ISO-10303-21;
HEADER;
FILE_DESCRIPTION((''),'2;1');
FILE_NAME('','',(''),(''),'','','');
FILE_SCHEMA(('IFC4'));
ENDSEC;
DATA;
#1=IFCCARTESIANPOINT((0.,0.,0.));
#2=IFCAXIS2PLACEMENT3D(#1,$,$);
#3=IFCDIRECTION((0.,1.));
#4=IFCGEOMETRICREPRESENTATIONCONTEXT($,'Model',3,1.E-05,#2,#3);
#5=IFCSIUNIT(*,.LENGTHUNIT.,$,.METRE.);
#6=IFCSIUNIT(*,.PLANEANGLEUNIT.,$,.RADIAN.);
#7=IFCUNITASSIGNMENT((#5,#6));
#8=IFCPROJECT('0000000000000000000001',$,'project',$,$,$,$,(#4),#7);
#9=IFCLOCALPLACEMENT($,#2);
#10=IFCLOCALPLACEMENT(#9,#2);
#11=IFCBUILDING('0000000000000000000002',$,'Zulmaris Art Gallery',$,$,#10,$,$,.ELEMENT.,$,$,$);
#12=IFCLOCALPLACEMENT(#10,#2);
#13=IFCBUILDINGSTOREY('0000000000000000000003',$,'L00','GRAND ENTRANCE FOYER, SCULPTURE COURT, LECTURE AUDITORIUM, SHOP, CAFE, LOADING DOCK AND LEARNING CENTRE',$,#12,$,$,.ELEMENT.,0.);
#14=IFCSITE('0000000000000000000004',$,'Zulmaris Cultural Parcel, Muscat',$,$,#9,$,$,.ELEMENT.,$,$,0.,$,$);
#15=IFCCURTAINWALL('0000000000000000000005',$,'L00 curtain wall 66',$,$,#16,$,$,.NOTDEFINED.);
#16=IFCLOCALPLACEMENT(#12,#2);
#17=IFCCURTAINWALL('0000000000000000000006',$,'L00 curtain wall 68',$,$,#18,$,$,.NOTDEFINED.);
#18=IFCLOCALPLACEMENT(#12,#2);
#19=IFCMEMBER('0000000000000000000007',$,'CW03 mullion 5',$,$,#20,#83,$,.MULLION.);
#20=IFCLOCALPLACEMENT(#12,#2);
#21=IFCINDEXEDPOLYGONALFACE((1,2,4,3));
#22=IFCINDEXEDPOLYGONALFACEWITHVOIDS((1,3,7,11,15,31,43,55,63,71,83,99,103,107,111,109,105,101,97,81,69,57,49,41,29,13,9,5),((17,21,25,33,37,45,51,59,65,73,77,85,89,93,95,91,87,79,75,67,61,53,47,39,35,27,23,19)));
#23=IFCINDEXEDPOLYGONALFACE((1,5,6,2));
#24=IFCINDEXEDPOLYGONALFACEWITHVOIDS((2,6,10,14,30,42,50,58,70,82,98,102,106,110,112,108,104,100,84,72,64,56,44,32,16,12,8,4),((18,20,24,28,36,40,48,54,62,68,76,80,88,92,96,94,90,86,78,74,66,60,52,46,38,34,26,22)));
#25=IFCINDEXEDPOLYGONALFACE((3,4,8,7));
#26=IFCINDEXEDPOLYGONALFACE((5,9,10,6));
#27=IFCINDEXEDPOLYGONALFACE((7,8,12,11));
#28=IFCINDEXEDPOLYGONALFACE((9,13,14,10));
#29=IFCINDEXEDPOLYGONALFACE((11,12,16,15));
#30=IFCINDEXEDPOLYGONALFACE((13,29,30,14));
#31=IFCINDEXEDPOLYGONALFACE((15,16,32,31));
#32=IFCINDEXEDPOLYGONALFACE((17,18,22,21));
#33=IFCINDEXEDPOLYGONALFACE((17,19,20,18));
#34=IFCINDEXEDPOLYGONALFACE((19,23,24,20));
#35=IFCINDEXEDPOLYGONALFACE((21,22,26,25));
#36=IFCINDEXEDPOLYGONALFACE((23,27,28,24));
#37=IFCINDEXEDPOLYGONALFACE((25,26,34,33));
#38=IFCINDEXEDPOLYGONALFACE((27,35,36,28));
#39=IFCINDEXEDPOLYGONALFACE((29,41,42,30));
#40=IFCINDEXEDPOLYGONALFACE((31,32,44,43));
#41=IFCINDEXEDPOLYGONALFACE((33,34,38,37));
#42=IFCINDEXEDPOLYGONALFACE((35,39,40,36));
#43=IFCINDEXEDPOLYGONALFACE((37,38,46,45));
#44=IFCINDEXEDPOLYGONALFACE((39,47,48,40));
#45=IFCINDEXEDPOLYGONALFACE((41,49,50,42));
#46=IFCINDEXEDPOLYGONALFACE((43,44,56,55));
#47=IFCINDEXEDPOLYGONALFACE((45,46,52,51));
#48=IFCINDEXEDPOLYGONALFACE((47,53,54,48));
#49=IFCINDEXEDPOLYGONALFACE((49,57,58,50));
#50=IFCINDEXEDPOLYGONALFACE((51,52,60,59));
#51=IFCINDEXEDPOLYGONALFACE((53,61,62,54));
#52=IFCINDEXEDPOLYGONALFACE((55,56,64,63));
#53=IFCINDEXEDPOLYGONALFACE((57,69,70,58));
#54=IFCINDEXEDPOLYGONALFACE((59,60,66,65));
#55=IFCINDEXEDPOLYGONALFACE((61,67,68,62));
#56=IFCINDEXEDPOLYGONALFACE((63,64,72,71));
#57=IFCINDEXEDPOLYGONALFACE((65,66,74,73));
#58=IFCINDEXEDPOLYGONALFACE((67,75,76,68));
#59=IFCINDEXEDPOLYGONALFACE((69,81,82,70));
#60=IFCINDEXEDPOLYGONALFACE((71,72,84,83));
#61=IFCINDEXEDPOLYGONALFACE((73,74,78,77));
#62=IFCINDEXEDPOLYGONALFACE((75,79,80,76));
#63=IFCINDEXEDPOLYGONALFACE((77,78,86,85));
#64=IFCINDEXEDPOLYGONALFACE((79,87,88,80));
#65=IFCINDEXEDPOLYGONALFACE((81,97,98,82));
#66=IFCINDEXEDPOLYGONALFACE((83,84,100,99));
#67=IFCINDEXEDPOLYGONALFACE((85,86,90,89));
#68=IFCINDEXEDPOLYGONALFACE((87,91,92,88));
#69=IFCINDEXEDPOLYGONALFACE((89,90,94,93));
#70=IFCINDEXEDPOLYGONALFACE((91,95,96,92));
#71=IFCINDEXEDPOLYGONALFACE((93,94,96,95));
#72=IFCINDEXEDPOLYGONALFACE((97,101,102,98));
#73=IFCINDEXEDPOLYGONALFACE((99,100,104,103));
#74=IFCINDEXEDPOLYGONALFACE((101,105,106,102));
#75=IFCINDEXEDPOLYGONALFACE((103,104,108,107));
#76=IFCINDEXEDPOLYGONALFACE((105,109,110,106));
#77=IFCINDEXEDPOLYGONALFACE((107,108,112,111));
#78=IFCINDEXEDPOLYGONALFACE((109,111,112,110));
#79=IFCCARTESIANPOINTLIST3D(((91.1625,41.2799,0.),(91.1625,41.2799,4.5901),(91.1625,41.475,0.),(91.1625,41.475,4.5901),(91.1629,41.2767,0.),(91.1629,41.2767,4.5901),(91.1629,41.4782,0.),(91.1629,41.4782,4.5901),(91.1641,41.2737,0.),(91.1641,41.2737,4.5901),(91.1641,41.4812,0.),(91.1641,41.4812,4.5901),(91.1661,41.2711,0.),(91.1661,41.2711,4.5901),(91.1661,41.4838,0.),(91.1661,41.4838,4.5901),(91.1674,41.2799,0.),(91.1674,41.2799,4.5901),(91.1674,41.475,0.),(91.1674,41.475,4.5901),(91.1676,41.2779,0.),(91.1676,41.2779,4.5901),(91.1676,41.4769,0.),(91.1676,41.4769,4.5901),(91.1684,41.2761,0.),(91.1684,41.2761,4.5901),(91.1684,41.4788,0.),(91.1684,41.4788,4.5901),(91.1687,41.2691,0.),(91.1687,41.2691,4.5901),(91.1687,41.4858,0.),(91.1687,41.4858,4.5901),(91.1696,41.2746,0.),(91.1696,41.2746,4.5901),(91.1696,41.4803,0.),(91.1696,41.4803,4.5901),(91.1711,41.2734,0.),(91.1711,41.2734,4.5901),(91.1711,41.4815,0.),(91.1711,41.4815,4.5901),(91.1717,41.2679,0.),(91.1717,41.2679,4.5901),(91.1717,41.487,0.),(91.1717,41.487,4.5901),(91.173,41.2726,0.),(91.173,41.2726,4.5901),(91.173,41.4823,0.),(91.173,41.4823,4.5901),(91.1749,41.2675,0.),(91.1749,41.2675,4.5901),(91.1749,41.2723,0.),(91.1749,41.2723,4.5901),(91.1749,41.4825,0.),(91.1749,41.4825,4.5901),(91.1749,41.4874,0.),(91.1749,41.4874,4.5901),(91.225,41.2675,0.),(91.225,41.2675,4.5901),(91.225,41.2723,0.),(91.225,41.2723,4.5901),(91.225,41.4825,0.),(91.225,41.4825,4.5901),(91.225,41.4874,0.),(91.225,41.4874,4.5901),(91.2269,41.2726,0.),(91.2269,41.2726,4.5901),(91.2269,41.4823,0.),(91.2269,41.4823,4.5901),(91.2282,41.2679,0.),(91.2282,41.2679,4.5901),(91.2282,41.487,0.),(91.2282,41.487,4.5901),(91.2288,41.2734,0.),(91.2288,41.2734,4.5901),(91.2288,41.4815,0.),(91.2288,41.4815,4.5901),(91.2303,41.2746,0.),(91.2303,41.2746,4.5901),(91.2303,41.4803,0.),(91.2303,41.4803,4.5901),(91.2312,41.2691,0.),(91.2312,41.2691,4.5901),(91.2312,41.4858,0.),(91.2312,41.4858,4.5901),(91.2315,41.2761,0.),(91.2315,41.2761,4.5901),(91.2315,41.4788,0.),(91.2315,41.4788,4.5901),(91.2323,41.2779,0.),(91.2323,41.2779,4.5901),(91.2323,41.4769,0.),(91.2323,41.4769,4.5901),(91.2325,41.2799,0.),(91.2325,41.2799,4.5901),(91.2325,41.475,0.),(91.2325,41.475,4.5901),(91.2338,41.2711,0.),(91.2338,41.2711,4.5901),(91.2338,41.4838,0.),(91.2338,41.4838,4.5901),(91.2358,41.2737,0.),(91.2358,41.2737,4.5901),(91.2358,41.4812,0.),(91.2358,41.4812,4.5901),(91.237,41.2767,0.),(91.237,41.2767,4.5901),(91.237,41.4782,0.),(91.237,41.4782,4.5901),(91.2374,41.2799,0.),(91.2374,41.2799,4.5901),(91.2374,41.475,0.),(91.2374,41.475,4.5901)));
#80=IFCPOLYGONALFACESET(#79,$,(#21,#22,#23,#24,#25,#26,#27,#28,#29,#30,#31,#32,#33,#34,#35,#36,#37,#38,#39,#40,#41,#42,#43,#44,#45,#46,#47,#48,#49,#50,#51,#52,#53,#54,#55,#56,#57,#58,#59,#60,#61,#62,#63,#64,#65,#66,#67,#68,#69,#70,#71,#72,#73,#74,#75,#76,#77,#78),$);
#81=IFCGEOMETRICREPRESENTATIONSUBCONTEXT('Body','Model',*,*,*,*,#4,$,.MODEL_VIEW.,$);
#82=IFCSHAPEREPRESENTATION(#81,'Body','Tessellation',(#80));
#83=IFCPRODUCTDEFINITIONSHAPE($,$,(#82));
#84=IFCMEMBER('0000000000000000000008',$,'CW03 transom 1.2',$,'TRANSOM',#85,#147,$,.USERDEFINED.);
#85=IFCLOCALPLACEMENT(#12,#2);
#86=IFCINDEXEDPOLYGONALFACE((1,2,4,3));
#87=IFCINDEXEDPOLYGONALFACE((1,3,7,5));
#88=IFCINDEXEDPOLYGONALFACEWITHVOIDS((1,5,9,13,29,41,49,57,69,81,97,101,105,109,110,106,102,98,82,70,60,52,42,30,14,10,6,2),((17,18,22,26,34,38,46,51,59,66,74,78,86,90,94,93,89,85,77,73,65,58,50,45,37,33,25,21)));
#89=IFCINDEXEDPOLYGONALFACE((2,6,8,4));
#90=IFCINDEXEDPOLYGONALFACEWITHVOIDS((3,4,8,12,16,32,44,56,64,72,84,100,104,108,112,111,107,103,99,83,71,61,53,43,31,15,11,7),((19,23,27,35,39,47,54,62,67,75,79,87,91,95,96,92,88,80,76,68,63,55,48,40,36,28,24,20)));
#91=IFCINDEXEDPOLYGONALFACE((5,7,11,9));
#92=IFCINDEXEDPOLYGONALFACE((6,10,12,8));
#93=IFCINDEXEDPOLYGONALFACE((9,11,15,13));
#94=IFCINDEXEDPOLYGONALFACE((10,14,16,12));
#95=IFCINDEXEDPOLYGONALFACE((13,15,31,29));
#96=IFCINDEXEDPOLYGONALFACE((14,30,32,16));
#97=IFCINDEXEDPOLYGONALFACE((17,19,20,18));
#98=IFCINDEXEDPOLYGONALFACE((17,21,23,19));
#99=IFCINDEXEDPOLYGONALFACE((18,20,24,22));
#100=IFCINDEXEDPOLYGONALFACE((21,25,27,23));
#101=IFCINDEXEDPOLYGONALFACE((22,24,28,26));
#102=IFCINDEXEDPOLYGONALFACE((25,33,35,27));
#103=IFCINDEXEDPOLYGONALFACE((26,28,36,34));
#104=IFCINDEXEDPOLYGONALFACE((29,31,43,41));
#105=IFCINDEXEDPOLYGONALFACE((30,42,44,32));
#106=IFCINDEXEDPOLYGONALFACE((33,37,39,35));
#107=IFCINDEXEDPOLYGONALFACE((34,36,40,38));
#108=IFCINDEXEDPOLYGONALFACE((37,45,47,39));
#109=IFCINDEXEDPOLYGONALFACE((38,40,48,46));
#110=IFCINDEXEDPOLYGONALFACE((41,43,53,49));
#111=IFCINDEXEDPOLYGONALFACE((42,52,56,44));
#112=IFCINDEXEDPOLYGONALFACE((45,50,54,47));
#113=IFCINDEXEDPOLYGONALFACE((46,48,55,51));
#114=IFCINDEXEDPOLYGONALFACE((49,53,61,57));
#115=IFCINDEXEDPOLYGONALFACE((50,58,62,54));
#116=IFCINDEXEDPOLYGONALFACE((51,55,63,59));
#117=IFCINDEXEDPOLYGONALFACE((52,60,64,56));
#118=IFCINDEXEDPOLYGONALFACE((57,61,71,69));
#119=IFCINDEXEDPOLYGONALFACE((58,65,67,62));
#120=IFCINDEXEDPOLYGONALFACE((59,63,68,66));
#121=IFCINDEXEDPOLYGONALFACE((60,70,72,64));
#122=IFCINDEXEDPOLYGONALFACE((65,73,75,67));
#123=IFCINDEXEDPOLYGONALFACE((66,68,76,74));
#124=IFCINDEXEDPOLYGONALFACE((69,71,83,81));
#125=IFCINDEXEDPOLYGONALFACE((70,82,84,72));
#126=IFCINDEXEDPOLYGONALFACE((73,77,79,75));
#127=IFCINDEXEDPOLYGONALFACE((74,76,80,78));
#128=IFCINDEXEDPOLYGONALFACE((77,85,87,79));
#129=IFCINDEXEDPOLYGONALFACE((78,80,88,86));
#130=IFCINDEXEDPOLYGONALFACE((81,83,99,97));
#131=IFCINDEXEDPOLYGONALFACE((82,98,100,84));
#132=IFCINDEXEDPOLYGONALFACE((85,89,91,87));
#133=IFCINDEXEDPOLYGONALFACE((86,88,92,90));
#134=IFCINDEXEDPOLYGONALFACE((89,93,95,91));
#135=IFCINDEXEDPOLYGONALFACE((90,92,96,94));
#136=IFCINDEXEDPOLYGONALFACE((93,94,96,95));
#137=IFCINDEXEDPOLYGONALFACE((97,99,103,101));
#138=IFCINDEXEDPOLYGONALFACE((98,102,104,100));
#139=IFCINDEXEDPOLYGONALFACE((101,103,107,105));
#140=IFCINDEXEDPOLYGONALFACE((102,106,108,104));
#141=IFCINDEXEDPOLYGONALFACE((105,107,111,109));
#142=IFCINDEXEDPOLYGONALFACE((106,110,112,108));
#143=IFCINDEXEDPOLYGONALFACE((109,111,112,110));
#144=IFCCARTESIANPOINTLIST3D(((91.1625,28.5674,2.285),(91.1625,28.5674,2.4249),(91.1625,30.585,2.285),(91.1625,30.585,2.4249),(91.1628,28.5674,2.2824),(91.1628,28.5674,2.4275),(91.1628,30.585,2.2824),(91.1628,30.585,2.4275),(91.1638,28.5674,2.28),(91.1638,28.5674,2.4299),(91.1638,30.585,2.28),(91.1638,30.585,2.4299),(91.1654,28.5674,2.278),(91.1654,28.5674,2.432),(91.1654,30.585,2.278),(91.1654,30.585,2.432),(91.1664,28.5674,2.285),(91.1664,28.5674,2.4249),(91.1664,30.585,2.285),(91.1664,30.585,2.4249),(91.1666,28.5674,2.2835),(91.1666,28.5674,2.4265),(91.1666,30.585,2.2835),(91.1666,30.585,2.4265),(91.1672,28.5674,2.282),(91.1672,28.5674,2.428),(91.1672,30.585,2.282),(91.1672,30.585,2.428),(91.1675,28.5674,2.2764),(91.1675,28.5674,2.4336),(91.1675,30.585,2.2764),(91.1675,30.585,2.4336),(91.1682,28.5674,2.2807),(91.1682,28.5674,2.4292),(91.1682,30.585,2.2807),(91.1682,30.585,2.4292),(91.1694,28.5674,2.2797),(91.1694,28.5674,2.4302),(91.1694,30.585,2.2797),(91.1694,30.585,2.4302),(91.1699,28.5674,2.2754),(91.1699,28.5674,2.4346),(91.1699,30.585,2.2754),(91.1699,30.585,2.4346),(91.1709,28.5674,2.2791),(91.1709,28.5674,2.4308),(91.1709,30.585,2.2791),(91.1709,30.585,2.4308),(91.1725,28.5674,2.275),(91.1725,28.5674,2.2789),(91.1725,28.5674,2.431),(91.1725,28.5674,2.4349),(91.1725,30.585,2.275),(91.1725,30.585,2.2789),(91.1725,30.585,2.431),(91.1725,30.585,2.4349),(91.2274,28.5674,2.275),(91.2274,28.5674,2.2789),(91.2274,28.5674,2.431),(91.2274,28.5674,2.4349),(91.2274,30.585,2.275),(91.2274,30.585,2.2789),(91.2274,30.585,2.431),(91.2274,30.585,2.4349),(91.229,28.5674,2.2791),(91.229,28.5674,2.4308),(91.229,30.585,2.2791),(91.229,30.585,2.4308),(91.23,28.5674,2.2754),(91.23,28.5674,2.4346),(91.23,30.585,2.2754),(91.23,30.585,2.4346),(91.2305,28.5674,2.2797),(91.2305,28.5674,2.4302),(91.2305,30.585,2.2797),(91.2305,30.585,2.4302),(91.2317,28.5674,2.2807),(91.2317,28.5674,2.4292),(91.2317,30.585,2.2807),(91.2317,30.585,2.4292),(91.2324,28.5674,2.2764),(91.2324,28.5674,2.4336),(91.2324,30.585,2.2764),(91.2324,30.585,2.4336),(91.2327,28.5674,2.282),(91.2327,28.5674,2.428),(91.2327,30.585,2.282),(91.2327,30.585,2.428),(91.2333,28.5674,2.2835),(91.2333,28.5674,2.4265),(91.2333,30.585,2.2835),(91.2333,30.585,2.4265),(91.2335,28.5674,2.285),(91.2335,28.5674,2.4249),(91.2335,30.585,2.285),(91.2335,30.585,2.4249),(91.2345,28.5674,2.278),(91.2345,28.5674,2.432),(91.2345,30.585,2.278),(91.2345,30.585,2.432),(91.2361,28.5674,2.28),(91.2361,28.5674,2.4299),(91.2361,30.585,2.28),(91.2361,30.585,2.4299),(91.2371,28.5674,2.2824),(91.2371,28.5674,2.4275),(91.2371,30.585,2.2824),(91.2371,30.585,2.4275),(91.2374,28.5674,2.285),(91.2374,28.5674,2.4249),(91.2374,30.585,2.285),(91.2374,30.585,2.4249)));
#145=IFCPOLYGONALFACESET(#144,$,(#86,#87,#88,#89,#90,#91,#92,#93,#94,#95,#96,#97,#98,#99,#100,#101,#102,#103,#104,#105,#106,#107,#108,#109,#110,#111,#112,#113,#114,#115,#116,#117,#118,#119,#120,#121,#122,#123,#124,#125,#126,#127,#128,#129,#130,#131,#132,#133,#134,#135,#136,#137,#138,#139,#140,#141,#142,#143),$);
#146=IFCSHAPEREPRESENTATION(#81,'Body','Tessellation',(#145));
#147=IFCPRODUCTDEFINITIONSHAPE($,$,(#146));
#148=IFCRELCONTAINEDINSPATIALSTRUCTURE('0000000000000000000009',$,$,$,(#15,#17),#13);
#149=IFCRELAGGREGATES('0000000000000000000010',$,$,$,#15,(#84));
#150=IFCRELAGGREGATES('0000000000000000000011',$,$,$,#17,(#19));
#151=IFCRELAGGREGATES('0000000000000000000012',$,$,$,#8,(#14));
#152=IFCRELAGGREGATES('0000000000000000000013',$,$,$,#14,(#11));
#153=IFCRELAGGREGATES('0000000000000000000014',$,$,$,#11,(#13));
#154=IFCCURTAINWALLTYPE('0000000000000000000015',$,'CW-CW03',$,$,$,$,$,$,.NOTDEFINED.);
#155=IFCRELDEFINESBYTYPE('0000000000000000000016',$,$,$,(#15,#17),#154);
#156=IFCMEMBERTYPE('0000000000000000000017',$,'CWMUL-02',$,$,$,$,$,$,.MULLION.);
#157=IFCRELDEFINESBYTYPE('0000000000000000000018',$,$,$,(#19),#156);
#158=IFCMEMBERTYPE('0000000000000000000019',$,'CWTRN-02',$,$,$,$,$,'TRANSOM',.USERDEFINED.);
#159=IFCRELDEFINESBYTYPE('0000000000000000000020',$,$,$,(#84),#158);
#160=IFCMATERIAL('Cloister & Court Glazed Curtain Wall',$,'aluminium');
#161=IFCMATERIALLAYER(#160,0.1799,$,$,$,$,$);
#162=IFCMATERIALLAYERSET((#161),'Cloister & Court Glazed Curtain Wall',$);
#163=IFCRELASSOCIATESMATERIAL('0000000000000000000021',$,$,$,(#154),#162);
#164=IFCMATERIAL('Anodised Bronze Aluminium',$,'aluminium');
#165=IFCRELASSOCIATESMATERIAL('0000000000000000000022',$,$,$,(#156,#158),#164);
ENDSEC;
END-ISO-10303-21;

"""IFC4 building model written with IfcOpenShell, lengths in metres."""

from ifc_helpers import new_model, si_unit, direction, frame, origin, origin_2d, place, context, subcontext, project, spatial, hollow_rectangle, extrude, material, layer, layer_set, material_profile, profile_set, type_object, element, aggregate, save


model = new_model("IFC4")

# Units and contexts
model_context = context("Model", 3, precision=1e-05, world=origin(), true_north=direction((0.0, 1.0)))
body_context = subcontext(model_context, "Body", "Model", "MODEL_VIEW")
ifc_project = project(units=[si_unit("LENGTHUNIT", "METRE"), si_unit("PLANEANGLEUNIT", "RADIAN")], contexts=[model_context])

# Site, building, storey
site_placement = place(None, origin())
site = spatial("IfcSite", under=ifc_project, at=site_placement, Name="Zulmaris Cultural Parcel, Muscat", CompositionType="ELEMENT", RefElevation=0.0)
building_placement = place(site_placement, origin())
building = spatial("IfcBuilding", under=site, at=building_placement, Name="Zulmaris Art Gallery", CompositionType="ELEMENT")
storey_placement = place(building_placement, origin())
storey = spatial("IfcBuildingStorey", under=building, at=storey_placement, Name="L00", Description="GRAND ENTRANCE FOYER, SCULPTURE COURT, LECTURE AUDITORIUM, SHOP, CAFE, LOADING DOCK AND LEARNING CENTRE", CompositionType="ELEMENT", Elevation=0.0)

# Curtain wall
ifc_material_1 = material(Name="Cloister & Court Glazed Curtain Wall", Category="aluminium")
ifc_layer_1 = layer(ifc_material_1, 0.1799)
ifc_layer_set_1 = layer_set([ifc_layer_1], Name="Cloister & Court Glazed Curtain Wall")
curtain_wall_type = type_object("IfcCurtainWallType", Name="CW-CW03", PredefinedType="NOTDEFINED", material=ifc_layer_set_1)
curtain_wall_1_placement = place(storey_placement, origin())
curtain_wall_1 = element("IfcCurtainWall", 1, at=curtain_wall_1_placement, inside=storey, type_object=curtain_wall_type, Name="L00 curtain wall 66", PredefinedType="NOTDEFINED")
ifc_material_2 = material(Name="Anodised Bronze Aluminium", Category="aluminium")
ifc_material_profile_1 = material_profile(ifc_material_2, hollow_rectangle(XDim=0.075, YDim=0.22, WallThickness=0.0049, InnerFilletRadius=0.0076, OuterFilletRadius=0.0125, at=origin_2d()), Name="ALU 75x220x5")
ifc_profile_set_1 = profile_set([ifc_material_profile_1], Name="Anodised Bronze Aluminium")
member_type_1 = type_object("IfcMemberType", Name="CWMUL-02", PredefinedType="MULLION", material=ifc_profile_set_1)

# Curtain wall, member
curtain_wall_2_placement = place(storey_placement, origin())
curtain_wall_2 = element("IfcCurtainWall", 2, at=curtain_wall_2_placement, inside=storey, type_object=curtain_wall_type, Name="L00 curtain wall 68", PredefinedType="NOTDEFINED")
member_1_placement = place(storey_placement, frame((91.2, 41.3774, 0.0), z_axis=(0.0, 0.0, 1.0), x_axis=(1.0, 0.0, 0.0)))
member_1 = element("IfcMember", 3, at=member_1_placement, type_object=member_type_1, Name="CW03 mullion 5", PredefinedType="MULLION", context=body_context, shape_type="SweptSolid", body=[
    extrude(hollow_rectangle(XDim=0.075, YDim=0.22, WallThickness=0.0049, InnerFilletRadius=0.0076, OuterFilletRadius=0.0125, at=origin_2d()), origin(), (0.0, 0.0, 1.0), 4.5901),
])

# Member
ifc_material_profile_2 = material_profile(ifc_material_2, hollow_rectangle(XDim=0.075, YDim=0.1599, WallThickness=0.0039, InnerFilletRadius=0.0061, OuterFilletRadius=0.01, at=origin_2d()), Name="ALU 75x160x4")
ifc_profile_set_2 = profile_set([ifc_material_profile_2], Name="Anodised Bronze Aluminium")
member_type_2 = type_object("IfcMemberType", Name="CWTRN-02", ElementType="TRANSOM", PredefinedType="USERDEFINED", material=ifc_profile_set_2)
member_2_placement = place(storey_placement, frame((91.2, 30.585, 2.355), z_axis=(0.0, -1.0, 0.0), x_axis=(1.0, 0.0, 0.0)))
member_2 = element("IfcMember", 4, at=member_2_placement, type_object=member_type_2, Name="CW03 transom 1.2", ObjectType="TRANSOM", PredefinedType="USERDEFINED", context=body_context, shape_type="SweptSolid", body=[
    extrude(hollow_rectangle(XDim=0.075, YDim=0.1599, WallThickness=0.0039, InnerFilletRadius=0.0061, OuterFilletRadius=0.01, at=origin_2d()), origin(), (0.0, 0.0, 1.0), 2.0176),
])
aggregate(curtain_wall_1, [member_2])

aggregate(curtain_wall_2, [member_1])

save(model, "model.ifc")
